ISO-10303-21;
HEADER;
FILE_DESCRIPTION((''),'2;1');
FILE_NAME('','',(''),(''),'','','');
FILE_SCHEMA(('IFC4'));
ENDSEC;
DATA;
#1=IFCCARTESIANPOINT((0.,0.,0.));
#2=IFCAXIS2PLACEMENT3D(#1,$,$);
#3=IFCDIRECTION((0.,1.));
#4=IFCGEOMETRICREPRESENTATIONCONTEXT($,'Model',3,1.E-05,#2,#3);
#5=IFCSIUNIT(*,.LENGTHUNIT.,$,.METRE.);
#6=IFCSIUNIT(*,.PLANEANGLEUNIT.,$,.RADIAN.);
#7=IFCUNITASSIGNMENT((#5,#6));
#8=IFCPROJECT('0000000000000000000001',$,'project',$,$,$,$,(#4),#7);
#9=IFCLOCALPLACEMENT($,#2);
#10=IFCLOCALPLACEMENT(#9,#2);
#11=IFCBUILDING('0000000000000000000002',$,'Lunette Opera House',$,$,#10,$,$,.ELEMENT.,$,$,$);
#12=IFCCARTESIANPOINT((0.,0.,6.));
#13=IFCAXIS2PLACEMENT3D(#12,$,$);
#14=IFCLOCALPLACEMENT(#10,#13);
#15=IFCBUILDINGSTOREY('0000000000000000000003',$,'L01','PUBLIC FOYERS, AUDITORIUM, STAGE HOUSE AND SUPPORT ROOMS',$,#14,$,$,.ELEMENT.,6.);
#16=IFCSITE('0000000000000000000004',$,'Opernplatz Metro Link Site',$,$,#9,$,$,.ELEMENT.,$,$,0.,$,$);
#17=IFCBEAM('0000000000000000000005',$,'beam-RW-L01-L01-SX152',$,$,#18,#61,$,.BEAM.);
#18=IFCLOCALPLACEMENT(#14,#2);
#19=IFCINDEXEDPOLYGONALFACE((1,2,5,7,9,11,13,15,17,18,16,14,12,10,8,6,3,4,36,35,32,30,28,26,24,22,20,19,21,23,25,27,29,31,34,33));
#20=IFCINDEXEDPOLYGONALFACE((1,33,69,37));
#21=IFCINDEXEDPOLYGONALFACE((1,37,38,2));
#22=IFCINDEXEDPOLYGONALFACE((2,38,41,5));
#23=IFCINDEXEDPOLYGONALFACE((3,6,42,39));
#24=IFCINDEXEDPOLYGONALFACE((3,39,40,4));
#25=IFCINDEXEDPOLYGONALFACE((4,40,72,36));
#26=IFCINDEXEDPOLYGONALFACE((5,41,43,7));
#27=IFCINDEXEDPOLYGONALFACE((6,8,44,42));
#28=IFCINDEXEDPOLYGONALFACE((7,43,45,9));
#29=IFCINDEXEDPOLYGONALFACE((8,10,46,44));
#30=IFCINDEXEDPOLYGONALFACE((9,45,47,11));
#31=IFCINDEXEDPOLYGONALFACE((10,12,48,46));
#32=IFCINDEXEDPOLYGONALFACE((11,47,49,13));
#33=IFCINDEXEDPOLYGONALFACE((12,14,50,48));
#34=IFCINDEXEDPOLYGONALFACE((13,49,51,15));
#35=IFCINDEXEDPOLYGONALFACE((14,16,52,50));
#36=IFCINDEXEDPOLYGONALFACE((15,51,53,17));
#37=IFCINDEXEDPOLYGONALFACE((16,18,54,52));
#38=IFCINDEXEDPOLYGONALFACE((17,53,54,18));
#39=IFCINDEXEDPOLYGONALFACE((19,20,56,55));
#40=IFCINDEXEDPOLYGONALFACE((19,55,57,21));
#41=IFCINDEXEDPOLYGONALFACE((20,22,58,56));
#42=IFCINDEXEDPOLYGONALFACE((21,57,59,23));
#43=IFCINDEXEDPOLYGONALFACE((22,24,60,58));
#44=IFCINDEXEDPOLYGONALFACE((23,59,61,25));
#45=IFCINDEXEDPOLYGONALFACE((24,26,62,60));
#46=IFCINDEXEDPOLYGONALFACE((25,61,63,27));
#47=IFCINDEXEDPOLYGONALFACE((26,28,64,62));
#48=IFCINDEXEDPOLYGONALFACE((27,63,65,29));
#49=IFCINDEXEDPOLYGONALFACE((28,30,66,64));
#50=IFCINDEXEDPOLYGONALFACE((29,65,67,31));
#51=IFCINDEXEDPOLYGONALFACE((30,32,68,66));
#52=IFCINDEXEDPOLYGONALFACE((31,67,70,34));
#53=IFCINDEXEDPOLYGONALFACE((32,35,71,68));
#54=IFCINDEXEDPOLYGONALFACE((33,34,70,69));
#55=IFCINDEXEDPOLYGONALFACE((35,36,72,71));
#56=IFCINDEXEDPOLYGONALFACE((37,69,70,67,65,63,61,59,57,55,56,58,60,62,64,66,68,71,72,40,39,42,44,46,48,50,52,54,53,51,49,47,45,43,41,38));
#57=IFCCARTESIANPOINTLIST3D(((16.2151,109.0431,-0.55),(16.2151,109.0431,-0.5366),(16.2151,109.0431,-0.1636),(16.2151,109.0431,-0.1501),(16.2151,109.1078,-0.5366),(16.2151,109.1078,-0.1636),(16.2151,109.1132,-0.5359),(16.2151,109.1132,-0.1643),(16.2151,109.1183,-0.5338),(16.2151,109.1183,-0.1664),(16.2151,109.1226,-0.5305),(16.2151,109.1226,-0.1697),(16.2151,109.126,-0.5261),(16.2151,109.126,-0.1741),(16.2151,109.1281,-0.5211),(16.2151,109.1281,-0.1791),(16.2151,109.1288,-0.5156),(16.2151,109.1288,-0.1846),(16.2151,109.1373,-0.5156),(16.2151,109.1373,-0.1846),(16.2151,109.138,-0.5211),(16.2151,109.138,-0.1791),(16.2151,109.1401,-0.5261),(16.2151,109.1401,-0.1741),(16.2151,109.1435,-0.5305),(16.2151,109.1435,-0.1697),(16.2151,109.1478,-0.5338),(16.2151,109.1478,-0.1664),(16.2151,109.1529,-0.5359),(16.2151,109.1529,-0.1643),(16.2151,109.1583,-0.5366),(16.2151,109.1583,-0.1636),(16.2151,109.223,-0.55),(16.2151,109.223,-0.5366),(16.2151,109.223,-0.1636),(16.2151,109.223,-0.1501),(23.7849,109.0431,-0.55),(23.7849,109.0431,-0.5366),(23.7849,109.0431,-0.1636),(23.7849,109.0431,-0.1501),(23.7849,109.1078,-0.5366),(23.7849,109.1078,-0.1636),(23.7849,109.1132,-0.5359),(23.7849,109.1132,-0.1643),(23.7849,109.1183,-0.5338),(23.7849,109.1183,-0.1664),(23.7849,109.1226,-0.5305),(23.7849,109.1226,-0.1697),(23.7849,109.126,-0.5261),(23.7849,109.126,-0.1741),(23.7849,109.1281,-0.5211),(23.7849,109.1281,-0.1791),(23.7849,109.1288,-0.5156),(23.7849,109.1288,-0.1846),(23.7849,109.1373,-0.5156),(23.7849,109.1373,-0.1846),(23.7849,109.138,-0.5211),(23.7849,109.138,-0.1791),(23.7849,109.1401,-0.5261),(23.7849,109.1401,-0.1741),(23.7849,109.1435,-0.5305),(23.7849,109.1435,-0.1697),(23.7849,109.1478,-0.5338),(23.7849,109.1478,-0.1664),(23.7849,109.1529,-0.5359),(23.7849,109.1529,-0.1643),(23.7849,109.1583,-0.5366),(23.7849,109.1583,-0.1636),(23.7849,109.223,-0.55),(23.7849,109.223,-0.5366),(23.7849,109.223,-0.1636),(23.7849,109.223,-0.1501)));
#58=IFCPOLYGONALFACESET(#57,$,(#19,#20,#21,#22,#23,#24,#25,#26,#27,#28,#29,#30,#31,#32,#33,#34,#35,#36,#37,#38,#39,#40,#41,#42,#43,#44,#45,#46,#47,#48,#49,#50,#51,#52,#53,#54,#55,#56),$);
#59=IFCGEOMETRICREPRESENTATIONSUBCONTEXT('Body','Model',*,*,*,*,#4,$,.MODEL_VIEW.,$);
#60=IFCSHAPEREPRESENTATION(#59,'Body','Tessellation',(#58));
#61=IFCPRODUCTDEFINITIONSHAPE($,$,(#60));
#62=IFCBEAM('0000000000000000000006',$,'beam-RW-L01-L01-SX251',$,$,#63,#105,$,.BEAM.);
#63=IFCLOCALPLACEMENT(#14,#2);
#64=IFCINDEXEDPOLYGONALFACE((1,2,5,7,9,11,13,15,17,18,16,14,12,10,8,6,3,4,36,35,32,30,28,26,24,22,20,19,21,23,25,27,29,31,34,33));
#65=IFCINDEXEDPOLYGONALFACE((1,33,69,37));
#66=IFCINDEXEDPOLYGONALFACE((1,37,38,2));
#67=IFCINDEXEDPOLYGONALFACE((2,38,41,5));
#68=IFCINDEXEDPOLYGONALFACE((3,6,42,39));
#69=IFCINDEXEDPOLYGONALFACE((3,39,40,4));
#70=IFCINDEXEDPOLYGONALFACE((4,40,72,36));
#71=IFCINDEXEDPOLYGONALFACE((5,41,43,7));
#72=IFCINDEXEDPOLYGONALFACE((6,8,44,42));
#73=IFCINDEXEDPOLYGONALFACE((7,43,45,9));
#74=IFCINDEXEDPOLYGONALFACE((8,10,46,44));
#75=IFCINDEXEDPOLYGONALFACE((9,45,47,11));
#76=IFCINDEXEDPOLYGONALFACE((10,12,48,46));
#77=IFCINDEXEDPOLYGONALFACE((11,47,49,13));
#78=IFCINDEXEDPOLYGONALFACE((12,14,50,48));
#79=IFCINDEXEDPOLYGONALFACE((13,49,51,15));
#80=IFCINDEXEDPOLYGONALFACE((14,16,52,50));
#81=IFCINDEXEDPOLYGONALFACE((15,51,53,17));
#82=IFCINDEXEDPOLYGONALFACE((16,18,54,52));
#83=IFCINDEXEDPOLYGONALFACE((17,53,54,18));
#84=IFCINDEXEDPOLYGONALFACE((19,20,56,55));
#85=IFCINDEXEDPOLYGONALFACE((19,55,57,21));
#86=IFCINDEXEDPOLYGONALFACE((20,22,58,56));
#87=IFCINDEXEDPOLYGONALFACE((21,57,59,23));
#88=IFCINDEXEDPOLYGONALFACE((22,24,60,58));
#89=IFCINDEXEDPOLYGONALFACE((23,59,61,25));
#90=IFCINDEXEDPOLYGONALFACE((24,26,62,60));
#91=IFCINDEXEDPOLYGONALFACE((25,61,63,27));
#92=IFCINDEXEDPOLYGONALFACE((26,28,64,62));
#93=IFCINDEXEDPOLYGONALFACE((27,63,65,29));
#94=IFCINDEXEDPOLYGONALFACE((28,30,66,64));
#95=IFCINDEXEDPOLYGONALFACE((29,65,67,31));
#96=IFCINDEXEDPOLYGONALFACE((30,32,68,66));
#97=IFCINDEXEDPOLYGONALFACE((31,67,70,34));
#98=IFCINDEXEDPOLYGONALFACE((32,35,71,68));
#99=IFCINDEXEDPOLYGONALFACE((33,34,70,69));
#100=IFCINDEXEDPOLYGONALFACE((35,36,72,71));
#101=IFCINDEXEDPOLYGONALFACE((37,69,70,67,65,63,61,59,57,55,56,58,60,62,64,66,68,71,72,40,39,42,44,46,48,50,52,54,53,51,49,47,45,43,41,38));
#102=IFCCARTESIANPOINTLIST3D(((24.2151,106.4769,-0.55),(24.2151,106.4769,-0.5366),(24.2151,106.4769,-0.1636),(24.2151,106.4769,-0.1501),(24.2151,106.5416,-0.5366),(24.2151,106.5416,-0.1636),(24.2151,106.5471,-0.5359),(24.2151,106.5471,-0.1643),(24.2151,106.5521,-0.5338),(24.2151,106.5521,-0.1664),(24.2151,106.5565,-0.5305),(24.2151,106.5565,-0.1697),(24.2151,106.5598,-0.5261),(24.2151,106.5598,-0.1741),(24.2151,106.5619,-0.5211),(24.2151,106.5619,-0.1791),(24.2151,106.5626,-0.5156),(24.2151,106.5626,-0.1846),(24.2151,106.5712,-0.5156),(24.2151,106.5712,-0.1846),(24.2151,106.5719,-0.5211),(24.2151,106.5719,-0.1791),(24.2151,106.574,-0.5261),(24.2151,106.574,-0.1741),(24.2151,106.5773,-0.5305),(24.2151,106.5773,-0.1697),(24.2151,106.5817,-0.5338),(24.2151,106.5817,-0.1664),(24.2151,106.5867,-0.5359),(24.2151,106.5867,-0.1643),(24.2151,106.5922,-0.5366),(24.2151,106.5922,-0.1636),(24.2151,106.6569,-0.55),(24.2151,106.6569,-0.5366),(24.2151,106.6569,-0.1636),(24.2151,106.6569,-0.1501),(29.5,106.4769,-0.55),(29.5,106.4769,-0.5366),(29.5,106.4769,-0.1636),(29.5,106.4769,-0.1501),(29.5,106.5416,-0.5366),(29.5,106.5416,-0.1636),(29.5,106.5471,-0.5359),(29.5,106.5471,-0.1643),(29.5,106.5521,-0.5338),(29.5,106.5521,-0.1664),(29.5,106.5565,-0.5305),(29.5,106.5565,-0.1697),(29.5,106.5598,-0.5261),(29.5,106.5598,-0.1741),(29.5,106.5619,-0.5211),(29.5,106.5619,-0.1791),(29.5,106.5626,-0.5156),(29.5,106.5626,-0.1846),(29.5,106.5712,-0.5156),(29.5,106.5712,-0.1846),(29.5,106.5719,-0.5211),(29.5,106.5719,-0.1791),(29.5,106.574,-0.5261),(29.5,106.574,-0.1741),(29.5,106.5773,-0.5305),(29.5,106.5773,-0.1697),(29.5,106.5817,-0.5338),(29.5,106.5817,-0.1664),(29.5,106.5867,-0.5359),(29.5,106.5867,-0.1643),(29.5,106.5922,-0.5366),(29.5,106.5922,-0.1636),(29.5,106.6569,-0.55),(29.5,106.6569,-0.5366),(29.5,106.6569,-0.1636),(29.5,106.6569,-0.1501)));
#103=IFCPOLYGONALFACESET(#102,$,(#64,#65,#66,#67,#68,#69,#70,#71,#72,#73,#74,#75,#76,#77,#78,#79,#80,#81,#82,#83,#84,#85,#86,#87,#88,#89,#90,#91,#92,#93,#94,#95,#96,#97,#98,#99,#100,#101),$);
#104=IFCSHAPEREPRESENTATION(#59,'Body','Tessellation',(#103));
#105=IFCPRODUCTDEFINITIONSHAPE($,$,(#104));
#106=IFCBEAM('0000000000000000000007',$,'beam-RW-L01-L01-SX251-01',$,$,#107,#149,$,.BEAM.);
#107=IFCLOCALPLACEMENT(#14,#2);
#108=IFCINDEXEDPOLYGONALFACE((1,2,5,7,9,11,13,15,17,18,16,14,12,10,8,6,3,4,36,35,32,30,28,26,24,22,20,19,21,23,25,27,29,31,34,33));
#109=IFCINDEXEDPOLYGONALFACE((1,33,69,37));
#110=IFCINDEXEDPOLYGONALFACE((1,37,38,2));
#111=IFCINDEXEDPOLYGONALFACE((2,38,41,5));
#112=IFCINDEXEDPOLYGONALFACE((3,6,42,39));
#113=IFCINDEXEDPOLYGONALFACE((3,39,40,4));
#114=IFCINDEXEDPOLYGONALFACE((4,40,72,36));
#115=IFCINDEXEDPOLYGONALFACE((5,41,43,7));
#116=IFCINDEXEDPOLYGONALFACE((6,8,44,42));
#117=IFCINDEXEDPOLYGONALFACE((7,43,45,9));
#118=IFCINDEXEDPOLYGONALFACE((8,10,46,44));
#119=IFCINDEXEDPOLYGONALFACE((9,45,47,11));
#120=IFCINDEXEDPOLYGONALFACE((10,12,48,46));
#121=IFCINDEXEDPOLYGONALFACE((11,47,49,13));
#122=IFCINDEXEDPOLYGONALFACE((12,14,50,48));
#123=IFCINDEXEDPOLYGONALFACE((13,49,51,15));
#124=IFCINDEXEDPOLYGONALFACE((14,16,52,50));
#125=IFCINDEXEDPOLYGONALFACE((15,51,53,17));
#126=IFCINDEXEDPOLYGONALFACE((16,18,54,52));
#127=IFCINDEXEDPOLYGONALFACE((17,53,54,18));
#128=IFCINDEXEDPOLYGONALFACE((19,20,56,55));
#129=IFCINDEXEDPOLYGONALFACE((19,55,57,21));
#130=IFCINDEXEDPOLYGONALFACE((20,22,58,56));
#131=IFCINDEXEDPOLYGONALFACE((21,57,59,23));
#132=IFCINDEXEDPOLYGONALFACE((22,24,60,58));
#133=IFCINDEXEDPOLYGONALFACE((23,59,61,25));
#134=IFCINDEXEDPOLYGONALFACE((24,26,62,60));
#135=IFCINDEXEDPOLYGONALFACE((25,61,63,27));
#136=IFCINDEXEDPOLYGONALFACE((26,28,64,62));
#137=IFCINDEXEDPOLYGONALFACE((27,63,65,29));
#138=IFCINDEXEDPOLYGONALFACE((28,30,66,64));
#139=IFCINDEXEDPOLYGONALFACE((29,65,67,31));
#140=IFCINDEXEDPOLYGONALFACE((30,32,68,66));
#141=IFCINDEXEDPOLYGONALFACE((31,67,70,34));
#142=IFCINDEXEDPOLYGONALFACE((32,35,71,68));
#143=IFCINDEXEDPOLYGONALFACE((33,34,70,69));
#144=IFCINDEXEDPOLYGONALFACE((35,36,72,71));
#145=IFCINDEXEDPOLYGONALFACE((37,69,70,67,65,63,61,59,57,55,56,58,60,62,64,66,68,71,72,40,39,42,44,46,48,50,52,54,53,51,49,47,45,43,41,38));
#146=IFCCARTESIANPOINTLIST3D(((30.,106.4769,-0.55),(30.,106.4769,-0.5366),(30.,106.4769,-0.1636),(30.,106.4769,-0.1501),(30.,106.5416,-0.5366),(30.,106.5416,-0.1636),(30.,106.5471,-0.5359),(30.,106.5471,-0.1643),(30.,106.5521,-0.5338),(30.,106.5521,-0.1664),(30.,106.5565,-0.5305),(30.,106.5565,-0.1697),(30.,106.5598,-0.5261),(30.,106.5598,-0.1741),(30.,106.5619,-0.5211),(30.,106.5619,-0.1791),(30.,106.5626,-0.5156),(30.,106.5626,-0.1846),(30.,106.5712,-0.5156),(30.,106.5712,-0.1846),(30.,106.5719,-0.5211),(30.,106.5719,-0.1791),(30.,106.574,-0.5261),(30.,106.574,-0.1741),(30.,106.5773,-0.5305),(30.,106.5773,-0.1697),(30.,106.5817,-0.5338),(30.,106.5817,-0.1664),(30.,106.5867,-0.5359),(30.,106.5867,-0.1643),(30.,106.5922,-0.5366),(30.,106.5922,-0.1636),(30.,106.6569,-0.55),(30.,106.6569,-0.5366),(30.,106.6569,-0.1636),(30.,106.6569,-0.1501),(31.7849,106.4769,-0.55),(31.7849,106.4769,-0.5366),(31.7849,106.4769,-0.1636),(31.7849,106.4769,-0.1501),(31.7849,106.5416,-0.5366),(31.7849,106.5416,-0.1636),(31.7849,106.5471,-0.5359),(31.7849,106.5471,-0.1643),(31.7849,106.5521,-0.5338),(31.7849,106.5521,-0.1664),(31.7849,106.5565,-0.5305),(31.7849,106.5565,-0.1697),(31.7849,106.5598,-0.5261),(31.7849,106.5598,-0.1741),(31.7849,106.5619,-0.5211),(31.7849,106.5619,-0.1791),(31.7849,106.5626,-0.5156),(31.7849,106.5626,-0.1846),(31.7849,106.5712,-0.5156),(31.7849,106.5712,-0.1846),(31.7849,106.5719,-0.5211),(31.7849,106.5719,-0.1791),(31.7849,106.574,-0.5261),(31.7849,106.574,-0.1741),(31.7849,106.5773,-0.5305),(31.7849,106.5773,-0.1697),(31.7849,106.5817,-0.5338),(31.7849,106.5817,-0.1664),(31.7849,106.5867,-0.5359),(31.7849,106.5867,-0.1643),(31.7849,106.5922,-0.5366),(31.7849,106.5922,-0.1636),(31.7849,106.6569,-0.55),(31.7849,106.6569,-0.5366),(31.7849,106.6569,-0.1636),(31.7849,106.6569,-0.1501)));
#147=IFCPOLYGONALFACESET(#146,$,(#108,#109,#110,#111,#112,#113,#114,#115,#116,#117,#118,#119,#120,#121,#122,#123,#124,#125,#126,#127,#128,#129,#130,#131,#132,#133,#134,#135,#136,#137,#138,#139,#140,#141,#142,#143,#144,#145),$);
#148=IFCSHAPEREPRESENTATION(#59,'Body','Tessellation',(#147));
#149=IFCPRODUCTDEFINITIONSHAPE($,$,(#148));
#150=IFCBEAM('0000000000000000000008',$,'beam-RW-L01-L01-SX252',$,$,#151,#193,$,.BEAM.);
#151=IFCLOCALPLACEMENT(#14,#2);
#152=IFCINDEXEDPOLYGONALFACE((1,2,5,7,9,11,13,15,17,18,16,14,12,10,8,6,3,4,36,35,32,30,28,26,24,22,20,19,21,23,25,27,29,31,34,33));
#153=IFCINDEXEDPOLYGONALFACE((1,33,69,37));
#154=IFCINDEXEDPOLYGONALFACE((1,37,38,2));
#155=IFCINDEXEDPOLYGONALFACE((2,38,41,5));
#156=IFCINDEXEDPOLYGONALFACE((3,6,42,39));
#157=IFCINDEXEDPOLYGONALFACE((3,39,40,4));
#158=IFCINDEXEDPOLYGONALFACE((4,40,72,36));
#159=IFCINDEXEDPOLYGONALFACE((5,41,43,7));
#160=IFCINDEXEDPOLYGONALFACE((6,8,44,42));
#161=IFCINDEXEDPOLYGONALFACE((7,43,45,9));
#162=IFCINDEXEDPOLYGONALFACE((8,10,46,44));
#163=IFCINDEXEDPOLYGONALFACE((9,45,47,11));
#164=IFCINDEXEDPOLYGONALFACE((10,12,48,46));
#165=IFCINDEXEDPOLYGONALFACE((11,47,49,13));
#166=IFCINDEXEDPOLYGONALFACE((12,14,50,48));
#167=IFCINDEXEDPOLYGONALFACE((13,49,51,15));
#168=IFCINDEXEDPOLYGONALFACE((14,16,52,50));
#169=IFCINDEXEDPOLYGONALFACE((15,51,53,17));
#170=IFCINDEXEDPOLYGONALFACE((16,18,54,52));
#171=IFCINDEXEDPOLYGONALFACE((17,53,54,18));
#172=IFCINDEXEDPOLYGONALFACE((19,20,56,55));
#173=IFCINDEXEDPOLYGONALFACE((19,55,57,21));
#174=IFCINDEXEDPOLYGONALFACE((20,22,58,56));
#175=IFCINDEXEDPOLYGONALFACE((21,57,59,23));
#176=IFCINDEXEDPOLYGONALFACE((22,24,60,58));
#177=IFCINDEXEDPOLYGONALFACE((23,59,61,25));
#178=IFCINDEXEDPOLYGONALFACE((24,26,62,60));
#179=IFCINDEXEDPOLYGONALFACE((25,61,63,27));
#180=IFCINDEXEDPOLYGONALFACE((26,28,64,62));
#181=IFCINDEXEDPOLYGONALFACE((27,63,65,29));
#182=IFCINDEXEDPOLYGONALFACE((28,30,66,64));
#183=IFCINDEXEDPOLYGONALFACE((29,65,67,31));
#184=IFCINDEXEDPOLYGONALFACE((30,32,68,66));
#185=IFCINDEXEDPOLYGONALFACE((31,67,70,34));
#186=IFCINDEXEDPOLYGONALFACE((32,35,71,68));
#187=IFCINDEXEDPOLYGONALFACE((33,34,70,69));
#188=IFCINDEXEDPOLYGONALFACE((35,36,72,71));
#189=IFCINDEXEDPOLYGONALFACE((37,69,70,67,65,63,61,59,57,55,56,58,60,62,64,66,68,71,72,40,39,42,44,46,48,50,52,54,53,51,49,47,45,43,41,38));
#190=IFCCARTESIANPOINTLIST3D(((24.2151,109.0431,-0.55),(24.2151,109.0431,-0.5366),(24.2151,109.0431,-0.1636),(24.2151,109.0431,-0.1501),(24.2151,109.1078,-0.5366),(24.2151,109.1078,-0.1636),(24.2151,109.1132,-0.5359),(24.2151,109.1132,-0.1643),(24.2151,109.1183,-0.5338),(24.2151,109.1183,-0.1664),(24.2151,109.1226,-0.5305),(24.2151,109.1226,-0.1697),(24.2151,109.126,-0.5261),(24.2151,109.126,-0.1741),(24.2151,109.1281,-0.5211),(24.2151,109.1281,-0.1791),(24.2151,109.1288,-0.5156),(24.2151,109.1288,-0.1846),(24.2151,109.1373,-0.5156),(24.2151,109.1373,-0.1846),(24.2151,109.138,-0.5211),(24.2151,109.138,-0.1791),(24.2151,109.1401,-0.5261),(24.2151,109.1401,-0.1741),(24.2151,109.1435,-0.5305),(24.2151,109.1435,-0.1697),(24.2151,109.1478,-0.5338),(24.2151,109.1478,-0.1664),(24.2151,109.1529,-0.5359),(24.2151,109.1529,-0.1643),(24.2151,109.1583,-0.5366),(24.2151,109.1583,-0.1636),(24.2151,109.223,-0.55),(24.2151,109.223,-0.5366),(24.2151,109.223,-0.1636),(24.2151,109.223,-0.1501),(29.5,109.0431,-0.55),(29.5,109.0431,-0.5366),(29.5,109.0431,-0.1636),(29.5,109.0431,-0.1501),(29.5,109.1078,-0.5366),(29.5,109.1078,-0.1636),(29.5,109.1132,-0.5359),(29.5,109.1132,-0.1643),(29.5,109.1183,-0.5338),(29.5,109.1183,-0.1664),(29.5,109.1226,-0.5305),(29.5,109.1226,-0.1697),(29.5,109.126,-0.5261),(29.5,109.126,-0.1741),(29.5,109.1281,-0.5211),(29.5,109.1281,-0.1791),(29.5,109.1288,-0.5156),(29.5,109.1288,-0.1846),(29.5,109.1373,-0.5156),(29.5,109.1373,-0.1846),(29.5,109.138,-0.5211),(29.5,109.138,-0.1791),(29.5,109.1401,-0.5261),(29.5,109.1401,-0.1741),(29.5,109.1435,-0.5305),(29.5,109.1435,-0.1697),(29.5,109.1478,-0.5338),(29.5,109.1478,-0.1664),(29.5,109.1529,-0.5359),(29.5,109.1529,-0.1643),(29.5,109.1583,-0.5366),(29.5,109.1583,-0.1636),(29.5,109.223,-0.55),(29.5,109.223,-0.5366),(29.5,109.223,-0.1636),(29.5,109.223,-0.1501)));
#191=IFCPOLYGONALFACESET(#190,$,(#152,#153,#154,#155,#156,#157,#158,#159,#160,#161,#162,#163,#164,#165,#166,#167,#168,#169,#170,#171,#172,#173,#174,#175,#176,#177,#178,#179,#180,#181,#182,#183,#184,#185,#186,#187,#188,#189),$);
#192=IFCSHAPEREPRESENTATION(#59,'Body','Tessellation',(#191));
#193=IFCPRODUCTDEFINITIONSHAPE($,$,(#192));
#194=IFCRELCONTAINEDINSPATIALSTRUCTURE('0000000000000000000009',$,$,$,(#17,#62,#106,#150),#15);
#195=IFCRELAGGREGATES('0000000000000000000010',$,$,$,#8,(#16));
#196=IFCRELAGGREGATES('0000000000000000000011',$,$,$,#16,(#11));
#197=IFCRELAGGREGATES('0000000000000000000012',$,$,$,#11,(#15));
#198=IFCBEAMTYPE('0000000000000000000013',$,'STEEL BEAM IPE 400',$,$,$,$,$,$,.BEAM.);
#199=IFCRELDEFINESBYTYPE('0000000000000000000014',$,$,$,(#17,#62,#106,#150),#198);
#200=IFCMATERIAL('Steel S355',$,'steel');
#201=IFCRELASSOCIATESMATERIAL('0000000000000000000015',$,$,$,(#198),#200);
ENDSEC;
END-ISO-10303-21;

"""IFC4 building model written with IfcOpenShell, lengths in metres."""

from ifc_helpers import new_model, si_unit, direction, frame, origin, origin_2d, place, context, subcontext, project, spatial, i_section, extrude, material, material_profile, profile_set, type_object, element, save


model = new_model("IFC4")

# Units and contexts
model_context = context("Model", 3, precision=1e-05, world=origin(), true_north=direction((0.0, 1.0)))
body_context = subcontext(model_context, "Body", "Model", "MODEL_VIEW")
ifc_project = project(units=[si_unit("LENGTHUNIT", "METRE"), si_unit("PLANEANGLEUNIT", "RADIAN")], contexts=[model_context])

# Site, building, storey
site_placement = place(None, origin())
site = spatial("IfcSite", under=ifc_project, at=site_placement, Name="Opernplatz Metro Link Site", CompositionType="ELEMENT", RefElevation=0.0)
building_placement = place(site_placement, origin())
building = spatial("IfcBuilding", under=site, at=building_placement, Name="Lunette Opera House", CompositionType="ELEMENT")
storey_placement = place(building_placement, frame((0.0, 0.0, 6.0)))
storey = spatial("IfcBuildingStorey", under=building, at=storey_placement, Name="L01", Description="PUBLIC FOYERS, AUDITORIUM, STAGE HOUSE AND SUPPORT ROOMS", CompositionType="ELEMENT", Elevation=6.0)

# Beams
ifc_material_1 = material(Name="Steel S355", Category="steel")
ifc_material_profile_1 = material_profile(ifc_material_1, i_section(OverallWidth=0.1799, OverallDepth=0.3999, WebThickness=0.0085, FlangeThickness=0.0134, FilletRadius=0.021, at=origin_2d()), Name="IPE 400")
ifc_profile_set_1 = profile_set([ifc_material_profile_1], Name="Steel S355")
beam_type_1 = type_object("IfcBeamType", Name="STEEL BEAM IPE 400", PredefinedType="BEAM", material=ifc_profile_set_1)
beam_1_placement = place(storey_placement, frame((16.2151, 109.1331, -0.3501), z_axis=(1.0, 0.0, 0.0), x_axis=(0.0, 1.0, 0.0)))
element("IfcBeam", 1, at=beam_1_placement, inside=storey, type_object=beam_type_1, Name="beam-RW-L01-L01-SX152", PredefinedType="BEAM", context=body_context, shape_type="SweptSolid", body=[
    extrude(i_section(OverallWidth=0.1799, OverallDepth=0.3999, WebThickness=0.0085, FlangeThickness=0.0134, FilletRadius=0.021, at=origin_2d()), origin(), (0.0, 0.0, 1.0), 7.5698),
])
beam_2_placement = place(storey_placement, frame((24.2151, 106.5669, -0.3501), z_axis=(1.0, 0.0, 0.0), x_axis=(0.0, 1.0, 0.0)))
element("IfcBeam", 2, at=beam_2_placement, inside=storey, type_object=beam_type_1, Name="beam-RW-L01-L01-SX251", PredefinedType="BEAM", context=body_context, shape_type="SweptSolid", body=[
    extrude(i_section(OverallWidth=0.1799, OverallDepth=0.3999, WebThickness=0.0085, FlangeThickness=0.0134, FilletRadius=0.021, at=origin_2d()), origin(), (0.0, 0.0, 1.0), 5.2849),
])
beam_3_placement = place(storey_placement, frame((30.0, 106.5669, -0.3501), z_axis=(1.0, 0.0, 0.0), x_axis=(0.0, 1.0, 0.0)))
element("IfcBeam", 3, at=beam_3_placement, inside=storey, type_object=beam_type_1, Name="beam-RW-L01-L01-SX251-01", PredefinedType="BEAM", context=body_context, shape_type="SweptSolid", body=[
    extrude(i_section(OverallWidth=0.1799, OverallDepth=0.3999, WebThickness=0.0085, FlangeThickness=0.0134, FilletRadius=0.021, at=origin_2d()), origin(), (0.0, 0.0, 1.0), 1.7849),
])
beam_4_placement = place(storey_placement, frame((24.2151, 109.1331, -0.3501), z_axis=(1.0, 0.0, 0.0), x_axis=(0.0, 1.0, 0.0)))
element("IfcBeam", 4, at=beam_4_placement, inside=storey, type_object=beam_type_1, Name="beam-RW-L01-L01-SX252", PredefinedType="BEAM", context=body_context, shape_type="SweptSolid", body=[
    extrude(i_section(OverallWidth=0.1799, OverallDepth=0.3999, WebThickness=0.0085, FlangeThickness=0.0134, FilletRadius=0.021, at=origin_2d()), origin(), (0.0, 0.0, 1.0), 5.2849),
])

save(model, "model.ifc")
